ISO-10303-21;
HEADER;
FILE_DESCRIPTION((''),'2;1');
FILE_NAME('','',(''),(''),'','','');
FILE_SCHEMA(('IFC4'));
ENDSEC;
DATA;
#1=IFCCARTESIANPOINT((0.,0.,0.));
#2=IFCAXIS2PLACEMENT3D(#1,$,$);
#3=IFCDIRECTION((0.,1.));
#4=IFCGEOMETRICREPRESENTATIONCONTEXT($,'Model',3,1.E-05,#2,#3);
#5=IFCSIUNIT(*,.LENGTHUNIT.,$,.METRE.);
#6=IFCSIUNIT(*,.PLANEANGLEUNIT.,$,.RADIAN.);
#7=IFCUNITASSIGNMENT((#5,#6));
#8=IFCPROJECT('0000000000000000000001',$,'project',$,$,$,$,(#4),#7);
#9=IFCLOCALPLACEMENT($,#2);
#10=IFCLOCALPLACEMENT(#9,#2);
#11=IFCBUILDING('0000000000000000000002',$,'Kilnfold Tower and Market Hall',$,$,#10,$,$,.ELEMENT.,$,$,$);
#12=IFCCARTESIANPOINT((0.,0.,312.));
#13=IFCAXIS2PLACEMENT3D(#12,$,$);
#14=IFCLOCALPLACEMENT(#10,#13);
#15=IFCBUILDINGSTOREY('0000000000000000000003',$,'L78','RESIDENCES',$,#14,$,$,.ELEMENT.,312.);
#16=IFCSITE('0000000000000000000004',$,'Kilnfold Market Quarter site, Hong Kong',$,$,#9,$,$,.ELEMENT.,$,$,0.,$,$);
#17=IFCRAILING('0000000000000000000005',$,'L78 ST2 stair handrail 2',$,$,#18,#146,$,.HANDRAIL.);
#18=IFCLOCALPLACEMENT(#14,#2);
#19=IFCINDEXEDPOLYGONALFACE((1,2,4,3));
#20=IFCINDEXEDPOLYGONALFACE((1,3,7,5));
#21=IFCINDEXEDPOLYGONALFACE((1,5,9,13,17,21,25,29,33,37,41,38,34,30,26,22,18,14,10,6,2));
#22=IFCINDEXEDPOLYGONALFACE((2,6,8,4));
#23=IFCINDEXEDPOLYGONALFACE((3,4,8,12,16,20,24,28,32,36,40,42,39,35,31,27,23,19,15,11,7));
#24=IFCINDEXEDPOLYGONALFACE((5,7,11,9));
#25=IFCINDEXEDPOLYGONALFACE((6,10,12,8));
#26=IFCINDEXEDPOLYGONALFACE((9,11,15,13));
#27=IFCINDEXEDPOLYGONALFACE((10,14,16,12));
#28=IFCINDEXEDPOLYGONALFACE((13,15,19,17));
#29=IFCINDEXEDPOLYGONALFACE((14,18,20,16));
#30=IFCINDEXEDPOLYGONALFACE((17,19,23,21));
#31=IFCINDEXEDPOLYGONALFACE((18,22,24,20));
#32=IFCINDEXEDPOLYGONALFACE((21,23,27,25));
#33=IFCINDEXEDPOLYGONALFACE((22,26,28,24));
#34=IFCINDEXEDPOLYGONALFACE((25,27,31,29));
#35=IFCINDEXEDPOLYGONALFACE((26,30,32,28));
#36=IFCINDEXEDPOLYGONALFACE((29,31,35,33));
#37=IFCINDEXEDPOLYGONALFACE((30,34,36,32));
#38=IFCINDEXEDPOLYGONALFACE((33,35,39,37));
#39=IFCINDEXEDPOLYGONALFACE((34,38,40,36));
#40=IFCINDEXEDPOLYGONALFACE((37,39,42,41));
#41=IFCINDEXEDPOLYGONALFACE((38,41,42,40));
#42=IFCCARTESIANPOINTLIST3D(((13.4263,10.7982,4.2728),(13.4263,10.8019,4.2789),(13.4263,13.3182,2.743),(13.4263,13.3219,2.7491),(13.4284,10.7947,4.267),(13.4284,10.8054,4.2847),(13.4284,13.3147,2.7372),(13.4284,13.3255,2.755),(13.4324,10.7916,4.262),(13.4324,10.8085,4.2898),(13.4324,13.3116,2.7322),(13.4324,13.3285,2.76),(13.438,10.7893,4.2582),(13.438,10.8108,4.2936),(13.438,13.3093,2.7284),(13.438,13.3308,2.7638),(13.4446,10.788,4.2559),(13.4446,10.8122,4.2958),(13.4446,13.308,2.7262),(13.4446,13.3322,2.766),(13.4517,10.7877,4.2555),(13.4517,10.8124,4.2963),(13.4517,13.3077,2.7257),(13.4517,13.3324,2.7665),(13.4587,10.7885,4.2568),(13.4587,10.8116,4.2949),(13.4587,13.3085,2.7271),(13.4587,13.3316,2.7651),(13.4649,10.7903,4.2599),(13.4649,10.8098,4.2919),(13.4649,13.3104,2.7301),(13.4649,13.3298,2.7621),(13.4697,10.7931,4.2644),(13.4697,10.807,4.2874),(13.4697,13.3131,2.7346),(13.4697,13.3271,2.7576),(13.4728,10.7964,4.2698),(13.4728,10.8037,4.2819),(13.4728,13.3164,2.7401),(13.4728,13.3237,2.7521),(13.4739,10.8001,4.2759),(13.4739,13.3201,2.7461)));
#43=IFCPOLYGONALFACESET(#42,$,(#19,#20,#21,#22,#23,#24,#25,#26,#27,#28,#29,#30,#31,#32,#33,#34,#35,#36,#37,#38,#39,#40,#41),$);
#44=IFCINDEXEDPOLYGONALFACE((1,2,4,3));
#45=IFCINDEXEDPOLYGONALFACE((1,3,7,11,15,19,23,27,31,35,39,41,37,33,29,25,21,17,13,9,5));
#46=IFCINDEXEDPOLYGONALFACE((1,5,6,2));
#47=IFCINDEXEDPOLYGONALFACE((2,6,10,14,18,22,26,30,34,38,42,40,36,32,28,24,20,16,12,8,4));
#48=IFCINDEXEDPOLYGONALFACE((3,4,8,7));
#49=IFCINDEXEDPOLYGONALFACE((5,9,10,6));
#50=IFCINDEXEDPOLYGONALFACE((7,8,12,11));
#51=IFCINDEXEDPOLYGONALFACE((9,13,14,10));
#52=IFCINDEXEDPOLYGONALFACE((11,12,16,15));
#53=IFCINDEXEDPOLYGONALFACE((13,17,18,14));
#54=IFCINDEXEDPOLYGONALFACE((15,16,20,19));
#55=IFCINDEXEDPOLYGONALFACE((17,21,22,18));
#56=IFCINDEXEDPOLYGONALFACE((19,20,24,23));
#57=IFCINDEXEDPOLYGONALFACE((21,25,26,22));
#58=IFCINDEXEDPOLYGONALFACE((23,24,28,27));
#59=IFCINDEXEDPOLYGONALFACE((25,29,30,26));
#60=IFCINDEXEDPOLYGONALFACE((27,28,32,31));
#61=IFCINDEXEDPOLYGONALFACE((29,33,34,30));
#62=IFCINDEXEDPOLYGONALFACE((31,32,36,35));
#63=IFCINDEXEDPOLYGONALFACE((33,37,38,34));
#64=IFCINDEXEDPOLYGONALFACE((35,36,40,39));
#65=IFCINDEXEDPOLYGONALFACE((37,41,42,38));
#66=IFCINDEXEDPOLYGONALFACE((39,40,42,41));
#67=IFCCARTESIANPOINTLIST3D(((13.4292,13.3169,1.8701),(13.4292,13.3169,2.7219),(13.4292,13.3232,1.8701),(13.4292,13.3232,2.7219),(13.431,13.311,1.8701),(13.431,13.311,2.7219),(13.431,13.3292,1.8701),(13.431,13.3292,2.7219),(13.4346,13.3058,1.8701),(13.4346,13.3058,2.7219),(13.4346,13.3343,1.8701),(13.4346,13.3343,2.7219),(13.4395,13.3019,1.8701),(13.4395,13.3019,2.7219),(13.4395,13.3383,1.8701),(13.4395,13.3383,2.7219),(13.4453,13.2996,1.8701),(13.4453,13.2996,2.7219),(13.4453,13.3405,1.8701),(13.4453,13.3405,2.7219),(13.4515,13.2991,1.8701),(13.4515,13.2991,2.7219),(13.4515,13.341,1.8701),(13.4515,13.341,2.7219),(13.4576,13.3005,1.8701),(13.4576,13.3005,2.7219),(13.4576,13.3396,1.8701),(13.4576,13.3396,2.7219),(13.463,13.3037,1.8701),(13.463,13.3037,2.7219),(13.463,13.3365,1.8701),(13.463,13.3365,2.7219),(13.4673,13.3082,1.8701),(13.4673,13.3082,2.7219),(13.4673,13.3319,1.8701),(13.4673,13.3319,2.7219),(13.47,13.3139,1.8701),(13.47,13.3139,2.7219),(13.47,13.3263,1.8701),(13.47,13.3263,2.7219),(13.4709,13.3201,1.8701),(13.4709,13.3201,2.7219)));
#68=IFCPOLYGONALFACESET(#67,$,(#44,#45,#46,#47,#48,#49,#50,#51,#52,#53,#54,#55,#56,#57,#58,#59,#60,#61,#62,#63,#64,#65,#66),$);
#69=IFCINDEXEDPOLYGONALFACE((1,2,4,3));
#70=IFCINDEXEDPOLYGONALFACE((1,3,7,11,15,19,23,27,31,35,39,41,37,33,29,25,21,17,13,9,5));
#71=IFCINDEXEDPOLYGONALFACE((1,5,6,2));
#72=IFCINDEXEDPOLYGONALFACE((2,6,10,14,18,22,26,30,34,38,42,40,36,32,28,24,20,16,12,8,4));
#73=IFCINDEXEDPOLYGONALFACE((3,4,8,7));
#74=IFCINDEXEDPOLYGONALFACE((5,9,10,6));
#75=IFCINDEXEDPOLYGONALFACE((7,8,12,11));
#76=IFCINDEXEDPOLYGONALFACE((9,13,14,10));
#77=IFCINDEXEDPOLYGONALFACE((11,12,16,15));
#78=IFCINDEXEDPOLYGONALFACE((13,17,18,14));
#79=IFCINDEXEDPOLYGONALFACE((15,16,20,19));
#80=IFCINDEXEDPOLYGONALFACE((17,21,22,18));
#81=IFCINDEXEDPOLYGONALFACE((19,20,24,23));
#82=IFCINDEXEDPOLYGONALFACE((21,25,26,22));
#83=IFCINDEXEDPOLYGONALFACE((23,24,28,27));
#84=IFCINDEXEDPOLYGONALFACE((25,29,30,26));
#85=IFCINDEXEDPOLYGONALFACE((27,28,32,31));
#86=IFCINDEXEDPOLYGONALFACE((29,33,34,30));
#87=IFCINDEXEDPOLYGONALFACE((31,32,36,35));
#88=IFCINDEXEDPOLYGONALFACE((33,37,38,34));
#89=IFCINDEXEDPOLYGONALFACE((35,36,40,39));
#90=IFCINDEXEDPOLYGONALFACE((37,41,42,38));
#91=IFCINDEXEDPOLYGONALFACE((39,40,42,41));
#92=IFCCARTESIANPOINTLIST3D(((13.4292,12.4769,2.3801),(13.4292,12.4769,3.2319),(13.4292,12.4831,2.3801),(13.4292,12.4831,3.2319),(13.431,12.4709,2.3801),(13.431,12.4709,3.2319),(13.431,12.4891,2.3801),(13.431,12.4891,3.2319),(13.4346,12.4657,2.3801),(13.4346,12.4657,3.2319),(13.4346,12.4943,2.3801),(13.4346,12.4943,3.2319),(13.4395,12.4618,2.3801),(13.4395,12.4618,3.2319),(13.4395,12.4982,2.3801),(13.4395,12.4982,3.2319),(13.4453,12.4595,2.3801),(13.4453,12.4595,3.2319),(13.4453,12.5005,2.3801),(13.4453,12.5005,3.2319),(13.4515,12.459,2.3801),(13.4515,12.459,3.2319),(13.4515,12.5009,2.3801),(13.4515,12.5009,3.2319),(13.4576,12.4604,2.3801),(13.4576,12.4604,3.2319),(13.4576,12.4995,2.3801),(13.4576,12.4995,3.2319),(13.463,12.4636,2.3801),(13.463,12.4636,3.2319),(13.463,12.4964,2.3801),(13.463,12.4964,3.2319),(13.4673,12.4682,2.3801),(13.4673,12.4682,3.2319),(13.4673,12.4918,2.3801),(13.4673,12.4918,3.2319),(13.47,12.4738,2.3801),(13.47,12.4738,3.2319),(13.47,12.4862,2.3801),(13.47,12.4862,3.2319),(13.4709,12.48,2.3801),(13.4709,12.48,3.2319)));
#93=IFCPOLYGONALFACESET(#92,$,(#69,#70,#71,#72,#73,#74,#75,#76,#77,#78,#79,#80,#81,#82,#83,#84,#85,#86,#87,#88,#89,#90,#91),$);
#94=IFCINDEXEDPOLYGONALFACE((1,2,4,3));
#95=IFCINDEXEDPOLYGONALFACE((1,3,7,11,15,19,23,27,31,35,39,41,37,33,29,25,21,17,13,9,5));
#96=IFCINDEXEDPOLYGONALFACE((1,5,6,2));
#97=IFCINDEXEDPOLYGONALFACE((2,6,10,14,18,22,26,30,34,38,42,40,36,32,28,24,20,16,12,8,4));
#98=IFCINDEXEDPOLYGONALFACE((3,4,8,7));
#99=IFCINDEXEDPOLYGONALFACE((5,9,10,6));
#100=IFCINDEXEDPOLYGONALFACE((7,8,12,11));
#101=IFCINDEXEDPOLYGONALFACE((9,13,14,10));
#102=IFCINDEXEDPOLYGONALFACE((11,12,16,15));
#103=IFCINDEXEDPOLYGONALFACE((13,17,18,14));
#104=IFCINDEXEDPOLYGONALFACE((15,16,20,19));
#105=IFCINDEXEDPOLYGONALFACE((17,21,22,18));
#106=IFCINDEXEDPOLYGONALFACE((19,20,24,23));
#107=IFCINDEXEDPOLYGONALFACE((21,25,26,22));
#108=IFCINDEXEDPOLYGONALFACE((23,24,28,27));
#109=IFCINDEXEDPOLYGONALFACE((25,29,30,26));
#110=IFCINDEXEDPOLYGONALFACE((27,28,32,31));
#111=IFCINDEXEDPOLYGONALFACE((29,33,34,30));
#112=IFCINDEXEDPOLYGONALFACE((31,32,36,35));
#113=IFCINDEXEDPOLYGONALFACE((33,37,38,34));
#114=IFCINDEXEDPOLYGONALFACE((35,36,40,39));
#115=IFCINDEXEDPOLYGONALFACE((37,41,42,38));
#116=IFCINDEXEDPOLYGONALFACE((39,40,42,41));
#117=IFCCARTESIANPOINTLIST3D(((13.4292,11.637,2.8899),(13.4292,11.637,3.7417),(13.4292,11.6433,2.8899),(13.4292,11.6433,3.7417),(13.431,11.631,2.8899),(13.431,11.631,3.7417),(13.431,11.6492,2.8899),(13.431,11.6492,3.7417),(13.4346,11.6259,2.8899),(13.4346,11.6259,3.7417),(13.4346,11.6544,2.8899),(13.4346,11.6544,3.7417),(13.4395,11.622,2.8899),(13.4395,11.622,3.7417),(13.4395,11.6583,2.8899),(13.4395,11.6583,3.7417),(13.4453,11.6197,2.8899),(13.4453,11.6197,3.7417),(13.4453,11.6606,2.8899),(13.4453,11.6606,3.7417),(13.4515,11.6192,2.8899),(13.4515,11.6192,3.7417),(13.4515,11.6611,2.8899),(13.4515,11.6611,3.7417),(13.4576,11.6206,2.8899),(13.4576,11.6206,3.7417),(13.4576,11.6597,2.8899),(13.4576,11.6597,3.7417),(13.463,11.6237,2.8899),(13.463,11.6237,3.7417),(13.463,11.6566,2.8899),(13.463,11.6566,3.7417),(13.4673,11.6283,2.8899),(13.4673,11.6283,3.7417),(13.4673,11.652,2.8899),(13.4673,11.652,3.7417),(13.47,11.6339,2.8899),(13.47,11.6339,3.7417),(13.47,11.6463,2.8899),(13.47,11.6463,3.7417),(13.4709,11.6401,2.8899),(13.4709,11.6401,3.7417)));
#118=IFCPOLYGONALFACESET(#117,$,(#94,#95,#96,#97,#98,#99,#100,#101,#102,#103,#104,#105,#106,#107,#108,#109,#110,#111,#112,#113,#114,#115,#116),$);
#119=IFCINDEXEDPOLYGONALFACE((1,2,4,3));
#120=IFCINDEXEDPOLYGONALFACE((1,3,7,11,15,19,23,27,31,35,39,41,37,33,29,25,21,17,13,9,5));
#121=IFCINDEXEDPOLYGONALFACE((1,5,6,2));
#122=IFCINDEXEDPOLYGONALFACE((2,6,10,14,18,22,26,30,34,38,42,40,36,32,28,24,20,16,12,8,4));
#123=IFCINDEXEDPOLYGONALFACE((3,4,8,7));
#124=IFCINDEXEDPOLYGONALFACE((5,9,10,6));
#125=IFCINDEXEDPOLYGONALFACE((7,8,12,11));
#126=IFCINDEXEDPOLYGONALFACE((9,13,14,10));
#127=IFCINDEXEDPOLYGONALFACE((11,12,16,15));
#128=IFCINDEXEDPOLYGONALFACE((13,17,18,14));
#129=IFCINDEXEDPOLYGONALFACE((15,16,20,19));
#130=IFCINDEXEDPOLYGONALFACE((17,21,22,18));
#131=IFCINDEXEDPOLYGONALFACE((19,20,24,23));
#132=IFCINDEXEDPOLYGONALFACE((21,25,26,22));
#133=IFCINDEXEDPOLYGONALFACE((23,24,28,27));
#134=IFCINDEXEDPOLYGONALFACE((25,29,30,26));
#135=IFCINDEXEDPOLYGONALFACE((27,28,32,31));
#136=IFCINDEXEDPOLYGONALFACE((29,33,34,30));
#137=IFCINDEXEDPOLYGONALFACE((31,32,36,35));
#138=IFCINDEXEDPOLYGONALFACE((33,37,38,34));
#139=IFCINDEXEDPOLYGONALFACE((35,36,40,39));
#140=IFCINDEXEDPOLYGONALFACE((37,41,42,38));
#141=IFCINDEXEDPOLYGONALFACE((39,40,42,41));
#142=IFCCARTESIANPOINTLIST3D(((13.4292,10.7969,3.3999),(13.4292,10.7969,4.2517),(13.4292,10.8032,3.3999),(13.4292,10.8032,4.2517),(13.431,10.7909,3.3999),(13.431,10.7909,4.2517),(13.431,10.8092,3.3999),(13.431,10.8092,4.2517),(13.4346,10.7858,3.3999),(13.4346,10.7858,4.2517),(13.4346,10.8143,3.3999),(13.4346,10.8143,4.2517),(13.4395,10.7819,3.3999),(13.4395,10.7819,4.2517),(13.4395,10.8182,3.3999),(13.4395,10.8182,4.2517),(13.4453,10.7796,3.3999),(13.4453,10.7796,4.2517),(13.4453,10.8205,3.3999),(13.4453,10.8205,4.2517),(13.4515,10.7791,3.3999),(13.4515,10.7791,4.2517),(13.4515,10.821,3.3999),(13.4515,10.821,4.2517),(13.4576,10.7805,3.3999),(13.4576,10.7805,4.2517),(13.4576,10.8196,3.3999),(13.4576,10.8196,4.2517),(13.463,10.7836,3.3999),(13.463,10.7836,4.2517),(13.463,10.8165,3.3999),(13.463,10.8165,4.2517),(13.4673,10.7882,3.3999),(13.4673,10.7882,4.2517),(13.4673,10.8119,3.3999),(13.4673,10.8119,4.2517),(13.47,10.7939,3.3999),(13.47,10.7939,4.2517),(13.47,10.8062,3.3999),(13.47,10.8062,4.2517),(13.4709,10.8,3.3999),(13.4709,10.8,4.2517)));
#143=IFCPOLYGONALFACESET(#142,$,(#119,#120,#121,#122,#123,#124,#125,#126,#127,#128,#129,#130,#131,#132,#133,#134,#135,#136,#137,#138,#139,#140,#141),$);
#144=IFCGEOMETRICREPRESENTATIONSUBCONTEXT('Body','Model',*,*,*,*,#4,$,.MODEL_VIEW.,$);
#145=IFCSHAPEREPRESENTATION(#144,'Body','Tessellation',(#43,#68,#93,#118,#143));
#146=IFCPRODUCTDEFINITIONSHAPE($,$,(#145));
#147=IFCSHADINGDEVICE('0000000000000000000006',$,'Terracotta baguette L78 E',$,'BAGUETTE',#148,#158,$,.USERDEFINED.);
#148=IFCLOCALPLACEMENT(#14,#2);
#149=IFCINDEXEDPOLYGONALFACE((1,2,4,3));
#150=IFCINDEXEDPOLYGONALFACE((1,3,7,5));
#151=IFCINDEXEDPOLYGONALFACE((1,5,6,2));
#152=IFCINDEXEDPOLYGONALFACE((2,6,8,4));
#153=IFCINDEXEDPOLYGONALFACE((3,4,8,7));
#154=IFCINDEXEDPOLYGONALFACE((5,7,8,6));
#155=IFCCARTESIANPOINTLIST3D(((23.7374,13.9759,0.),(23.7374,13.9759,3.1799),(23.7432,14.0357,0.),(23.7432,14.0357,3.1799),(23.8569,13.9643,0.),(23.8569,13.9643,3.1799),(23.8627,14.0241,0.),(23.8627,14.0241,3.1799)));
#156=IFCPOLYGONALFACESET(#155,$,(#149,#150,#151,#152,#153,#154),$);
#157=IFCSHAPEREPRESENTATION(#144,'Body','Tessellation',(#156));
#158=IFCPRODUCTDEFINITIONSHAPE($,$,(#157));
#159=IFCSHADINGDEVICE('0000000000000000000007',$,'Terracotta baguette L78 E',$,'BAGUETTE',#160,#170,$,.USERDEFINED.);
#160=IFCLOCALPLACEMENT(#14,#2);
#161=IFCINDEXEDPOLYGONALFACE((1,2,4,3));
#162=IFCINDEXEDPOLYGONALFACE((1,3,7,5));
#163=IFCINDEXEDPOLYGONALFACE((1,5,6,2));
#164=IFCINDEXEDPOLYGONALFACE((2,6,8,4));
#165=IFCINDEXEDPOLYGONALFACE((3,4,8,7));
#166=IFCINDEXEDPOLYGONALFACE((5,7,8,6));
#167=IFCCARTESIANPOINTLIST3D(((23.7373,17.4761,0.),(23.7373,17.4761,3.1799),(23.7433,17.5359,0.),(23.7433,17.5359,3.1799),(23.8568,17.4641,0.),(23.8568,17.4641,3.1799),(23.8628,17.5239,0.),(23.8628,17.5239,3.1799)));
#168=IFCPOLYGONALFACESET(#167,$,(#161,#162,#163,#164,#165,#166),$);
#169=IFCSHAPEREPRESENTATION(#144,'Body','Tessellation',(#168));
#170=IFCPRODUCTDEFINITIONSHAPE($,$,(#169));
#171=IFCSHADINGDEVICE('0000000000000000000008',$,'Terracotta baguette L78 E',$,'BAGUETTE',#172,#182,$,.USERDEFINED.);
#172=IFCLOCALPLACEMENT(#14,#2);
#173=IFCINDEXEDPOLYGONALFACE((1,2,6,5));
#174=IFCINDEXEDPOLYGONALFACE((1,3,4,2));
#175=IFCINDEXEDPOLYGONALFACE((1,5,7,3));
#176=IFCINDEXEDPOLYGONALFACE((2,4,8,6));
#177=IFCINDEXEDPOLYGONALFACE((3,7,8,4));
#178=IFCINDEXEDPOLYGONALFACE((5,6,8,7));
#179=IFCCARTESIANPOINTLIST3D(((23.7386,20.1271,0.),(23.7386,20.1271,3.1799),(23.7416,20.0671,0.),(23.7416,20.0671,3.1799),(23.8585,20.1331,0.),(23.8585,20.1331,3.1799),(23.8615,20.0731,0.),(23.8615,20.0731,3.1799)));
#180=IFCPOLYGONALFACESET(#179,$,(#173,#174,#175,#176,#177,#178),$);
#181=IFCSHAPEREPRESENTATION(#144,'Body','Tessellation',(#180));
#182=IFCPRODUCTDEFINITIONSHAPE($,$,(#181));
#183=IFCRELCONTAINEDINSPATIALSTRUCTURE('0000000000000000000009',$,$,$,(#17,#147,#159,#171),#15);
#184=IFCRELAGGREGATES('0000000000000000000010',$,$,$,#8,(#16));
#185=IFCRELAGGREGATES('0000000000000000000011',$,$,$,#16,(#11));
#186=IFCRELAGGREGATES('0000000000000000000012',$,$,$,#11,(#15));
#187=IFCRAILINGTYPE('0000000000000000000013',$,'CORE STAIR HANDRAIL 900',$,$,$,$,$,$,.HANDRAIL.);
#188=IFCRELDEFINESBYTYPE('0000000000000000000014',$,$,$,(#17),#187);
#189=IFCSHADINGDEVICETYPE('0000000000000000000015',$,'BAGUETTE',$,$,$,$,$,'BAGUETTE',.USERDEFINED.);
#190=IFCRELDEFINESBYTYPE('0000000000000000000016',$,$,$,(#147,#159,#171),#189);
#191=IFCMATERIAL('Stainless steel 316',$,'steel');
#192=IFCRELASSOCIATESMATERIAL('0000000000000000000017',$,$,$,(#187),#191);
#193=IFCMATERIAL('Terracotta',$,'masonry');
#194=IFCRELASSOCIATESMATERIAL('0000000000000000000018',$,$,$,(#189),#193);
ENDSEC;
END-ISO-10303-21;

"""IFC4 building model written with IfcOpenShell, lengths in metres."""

from ifc_helpers import new_model, si_unit, direction, frame, origin, origin_2d, place, context, subcontext, project, spatial, rectangle, circle, extrude, source, transform, mapped, material, material_profile, profile_set, type_object, element, save


model = new_model("IFC4")

# Units and contexts
model_context = context("Model", 3, precision=1e-05, world=origin(), true_north=direction((0.0, 1.0)))
body_context = subcontext(model_context, "Body", "Model", "MODEL_VIEW")
ifc_project = project(units=[si_unit("LENGTHUNIT", "METRE"), si_unit("PLANEANGLEUNIT", "RADIAN")], contexts=[model_context])

# Site, building, storey
site_placement = place(None, origin())
site = spatial("IfcSite", under=ifc_project, at=site_placement, Name="Kilnfold Market Quarter site, Hong Kong", CompositionType="ELEMENT", RefElevation=0.0)
building_placement = place(site_placement, origin())
building = spatial("IfcBuilding", under=site, at=building_placement, Name="Kilnfold Tower and Market Hall", CompositionType="ELEMENT")
storey_placement = place(building_placement, frame((0.0, 0.0, 312.0)))
storey = spatial("IfcBuildingStorey", under=building, at=storey_placement, Name="L78", Description="RESIDENCES", CompositionType="ELEMENT", Elevation=312.0)

# Railing
ifc_material_1 = material(Name="Stainless steel 316", Category="steel")
railing_type = type_object("IfcRailingType", Name="CORE STAIR HANDRAIL 900", PredefinedType="HANDRAIL", material=ifc_material_1)
railing_placement = place(storey_placement, frame((13.45, 13.3201, 1.8701)))
element("IfcRailing", 1, at=railing_placement, inside=storey, type_object=railing_type, Name="L78 ST2 stair handrail 2", PredefinedType="HANDRAIL", context=body_context, shape_type="SweptSolid", body=[
    extrude(circle(Radius=0.0239, at=origin_2d()), frame((0.0, 0.0, 0.876), z_axis=(0.0, -0.854822, 0.518922), x_axis=(1.0, 0.0, 0.0)), (0.0, 0.0, 1.0), 2.948),
    extrude(circle(Radius=0.021, at=origin_2d()), origin(), (0.0, 0.0, 1.0), 0.8518),
    extrude(circle(Radius=0.021, at=origin_2d()), frame((0.0, -0.8401, 0.51)), (0.0, 0.0, 1.0), 0.8518),
    extrude(circle(Radius=0.021, at=origin_2d()), frame((0.0, -1.6799, 1.0198)), (0.0, 0.0, 1.0), 0.8518),
    extrude(circle(Radius=0.021, at=origin_2d()), frame((0.0, -2.52, 1.5298)), (0.0, 0.0, 1.0), 0.8518),
])

# Shading devices
ifc_material_2 = material(Name="Terracotta", Category="masonry")
ifc_material_profile_1 = material_profile(ifc_material_2, rectangle(XDim=0.0601, YDim=0.1201, at=origin_2d()), Name="BAG 60x120")
ifc_profile_set_1 = profile_set([ifc_material_profile_1], Name="Terracotta")
shading_device_type = type_object("IfcShadingDeviceType", Name="BAGUETTE", ElementType="BAGUETTE", PredefinedType="USERDEFINED", material=ifc_profile_set_1)
shared_shape_1 = source(origin(), body_context, "Body", "SweptSolid", [
    extrude(rectangle(XDim=0.0601, YDim=0.1201, at=origin_2d()), origin(), (0.0, 0.0, 1.0), 3.1799),
])
for number, where, z_axis, x_axis, name in (
    (2, (23.8, 14.0, 0.0), (0.0, 0.0, 1.0), (0.096779, 0.995306, 0.0), "Terracotta baguette L78 E"),
    (3, (23.8, 17.5, 0.0), (0.0, 0.0, 1.0), (0.100329, 0.994954, 0.0), "Terracotta baguette L78 E"),
    (4, (23.8, 20.1001, 0.0), (0.0, 0.0, 1.0), (-0.049612, 0.998769, 0.0), "Terracotta baguette L78 E"),
):
    element("IfcShadingDevice", number, at=place(storey_placement, frame(where, z_axis=z_axis, x_axis=x_axis)), inside=storey, type_object=shading_device_type, Name=name, ObjectType="BAGUETTE", PredefinedType="USERDEFINED", context=body_context, shape_type="MappedRepresentation", body=[
        mapped(shared_shape_1, transform((0.0, 0.0, 0.0))),
    ])

save(model, "model.ifc")
